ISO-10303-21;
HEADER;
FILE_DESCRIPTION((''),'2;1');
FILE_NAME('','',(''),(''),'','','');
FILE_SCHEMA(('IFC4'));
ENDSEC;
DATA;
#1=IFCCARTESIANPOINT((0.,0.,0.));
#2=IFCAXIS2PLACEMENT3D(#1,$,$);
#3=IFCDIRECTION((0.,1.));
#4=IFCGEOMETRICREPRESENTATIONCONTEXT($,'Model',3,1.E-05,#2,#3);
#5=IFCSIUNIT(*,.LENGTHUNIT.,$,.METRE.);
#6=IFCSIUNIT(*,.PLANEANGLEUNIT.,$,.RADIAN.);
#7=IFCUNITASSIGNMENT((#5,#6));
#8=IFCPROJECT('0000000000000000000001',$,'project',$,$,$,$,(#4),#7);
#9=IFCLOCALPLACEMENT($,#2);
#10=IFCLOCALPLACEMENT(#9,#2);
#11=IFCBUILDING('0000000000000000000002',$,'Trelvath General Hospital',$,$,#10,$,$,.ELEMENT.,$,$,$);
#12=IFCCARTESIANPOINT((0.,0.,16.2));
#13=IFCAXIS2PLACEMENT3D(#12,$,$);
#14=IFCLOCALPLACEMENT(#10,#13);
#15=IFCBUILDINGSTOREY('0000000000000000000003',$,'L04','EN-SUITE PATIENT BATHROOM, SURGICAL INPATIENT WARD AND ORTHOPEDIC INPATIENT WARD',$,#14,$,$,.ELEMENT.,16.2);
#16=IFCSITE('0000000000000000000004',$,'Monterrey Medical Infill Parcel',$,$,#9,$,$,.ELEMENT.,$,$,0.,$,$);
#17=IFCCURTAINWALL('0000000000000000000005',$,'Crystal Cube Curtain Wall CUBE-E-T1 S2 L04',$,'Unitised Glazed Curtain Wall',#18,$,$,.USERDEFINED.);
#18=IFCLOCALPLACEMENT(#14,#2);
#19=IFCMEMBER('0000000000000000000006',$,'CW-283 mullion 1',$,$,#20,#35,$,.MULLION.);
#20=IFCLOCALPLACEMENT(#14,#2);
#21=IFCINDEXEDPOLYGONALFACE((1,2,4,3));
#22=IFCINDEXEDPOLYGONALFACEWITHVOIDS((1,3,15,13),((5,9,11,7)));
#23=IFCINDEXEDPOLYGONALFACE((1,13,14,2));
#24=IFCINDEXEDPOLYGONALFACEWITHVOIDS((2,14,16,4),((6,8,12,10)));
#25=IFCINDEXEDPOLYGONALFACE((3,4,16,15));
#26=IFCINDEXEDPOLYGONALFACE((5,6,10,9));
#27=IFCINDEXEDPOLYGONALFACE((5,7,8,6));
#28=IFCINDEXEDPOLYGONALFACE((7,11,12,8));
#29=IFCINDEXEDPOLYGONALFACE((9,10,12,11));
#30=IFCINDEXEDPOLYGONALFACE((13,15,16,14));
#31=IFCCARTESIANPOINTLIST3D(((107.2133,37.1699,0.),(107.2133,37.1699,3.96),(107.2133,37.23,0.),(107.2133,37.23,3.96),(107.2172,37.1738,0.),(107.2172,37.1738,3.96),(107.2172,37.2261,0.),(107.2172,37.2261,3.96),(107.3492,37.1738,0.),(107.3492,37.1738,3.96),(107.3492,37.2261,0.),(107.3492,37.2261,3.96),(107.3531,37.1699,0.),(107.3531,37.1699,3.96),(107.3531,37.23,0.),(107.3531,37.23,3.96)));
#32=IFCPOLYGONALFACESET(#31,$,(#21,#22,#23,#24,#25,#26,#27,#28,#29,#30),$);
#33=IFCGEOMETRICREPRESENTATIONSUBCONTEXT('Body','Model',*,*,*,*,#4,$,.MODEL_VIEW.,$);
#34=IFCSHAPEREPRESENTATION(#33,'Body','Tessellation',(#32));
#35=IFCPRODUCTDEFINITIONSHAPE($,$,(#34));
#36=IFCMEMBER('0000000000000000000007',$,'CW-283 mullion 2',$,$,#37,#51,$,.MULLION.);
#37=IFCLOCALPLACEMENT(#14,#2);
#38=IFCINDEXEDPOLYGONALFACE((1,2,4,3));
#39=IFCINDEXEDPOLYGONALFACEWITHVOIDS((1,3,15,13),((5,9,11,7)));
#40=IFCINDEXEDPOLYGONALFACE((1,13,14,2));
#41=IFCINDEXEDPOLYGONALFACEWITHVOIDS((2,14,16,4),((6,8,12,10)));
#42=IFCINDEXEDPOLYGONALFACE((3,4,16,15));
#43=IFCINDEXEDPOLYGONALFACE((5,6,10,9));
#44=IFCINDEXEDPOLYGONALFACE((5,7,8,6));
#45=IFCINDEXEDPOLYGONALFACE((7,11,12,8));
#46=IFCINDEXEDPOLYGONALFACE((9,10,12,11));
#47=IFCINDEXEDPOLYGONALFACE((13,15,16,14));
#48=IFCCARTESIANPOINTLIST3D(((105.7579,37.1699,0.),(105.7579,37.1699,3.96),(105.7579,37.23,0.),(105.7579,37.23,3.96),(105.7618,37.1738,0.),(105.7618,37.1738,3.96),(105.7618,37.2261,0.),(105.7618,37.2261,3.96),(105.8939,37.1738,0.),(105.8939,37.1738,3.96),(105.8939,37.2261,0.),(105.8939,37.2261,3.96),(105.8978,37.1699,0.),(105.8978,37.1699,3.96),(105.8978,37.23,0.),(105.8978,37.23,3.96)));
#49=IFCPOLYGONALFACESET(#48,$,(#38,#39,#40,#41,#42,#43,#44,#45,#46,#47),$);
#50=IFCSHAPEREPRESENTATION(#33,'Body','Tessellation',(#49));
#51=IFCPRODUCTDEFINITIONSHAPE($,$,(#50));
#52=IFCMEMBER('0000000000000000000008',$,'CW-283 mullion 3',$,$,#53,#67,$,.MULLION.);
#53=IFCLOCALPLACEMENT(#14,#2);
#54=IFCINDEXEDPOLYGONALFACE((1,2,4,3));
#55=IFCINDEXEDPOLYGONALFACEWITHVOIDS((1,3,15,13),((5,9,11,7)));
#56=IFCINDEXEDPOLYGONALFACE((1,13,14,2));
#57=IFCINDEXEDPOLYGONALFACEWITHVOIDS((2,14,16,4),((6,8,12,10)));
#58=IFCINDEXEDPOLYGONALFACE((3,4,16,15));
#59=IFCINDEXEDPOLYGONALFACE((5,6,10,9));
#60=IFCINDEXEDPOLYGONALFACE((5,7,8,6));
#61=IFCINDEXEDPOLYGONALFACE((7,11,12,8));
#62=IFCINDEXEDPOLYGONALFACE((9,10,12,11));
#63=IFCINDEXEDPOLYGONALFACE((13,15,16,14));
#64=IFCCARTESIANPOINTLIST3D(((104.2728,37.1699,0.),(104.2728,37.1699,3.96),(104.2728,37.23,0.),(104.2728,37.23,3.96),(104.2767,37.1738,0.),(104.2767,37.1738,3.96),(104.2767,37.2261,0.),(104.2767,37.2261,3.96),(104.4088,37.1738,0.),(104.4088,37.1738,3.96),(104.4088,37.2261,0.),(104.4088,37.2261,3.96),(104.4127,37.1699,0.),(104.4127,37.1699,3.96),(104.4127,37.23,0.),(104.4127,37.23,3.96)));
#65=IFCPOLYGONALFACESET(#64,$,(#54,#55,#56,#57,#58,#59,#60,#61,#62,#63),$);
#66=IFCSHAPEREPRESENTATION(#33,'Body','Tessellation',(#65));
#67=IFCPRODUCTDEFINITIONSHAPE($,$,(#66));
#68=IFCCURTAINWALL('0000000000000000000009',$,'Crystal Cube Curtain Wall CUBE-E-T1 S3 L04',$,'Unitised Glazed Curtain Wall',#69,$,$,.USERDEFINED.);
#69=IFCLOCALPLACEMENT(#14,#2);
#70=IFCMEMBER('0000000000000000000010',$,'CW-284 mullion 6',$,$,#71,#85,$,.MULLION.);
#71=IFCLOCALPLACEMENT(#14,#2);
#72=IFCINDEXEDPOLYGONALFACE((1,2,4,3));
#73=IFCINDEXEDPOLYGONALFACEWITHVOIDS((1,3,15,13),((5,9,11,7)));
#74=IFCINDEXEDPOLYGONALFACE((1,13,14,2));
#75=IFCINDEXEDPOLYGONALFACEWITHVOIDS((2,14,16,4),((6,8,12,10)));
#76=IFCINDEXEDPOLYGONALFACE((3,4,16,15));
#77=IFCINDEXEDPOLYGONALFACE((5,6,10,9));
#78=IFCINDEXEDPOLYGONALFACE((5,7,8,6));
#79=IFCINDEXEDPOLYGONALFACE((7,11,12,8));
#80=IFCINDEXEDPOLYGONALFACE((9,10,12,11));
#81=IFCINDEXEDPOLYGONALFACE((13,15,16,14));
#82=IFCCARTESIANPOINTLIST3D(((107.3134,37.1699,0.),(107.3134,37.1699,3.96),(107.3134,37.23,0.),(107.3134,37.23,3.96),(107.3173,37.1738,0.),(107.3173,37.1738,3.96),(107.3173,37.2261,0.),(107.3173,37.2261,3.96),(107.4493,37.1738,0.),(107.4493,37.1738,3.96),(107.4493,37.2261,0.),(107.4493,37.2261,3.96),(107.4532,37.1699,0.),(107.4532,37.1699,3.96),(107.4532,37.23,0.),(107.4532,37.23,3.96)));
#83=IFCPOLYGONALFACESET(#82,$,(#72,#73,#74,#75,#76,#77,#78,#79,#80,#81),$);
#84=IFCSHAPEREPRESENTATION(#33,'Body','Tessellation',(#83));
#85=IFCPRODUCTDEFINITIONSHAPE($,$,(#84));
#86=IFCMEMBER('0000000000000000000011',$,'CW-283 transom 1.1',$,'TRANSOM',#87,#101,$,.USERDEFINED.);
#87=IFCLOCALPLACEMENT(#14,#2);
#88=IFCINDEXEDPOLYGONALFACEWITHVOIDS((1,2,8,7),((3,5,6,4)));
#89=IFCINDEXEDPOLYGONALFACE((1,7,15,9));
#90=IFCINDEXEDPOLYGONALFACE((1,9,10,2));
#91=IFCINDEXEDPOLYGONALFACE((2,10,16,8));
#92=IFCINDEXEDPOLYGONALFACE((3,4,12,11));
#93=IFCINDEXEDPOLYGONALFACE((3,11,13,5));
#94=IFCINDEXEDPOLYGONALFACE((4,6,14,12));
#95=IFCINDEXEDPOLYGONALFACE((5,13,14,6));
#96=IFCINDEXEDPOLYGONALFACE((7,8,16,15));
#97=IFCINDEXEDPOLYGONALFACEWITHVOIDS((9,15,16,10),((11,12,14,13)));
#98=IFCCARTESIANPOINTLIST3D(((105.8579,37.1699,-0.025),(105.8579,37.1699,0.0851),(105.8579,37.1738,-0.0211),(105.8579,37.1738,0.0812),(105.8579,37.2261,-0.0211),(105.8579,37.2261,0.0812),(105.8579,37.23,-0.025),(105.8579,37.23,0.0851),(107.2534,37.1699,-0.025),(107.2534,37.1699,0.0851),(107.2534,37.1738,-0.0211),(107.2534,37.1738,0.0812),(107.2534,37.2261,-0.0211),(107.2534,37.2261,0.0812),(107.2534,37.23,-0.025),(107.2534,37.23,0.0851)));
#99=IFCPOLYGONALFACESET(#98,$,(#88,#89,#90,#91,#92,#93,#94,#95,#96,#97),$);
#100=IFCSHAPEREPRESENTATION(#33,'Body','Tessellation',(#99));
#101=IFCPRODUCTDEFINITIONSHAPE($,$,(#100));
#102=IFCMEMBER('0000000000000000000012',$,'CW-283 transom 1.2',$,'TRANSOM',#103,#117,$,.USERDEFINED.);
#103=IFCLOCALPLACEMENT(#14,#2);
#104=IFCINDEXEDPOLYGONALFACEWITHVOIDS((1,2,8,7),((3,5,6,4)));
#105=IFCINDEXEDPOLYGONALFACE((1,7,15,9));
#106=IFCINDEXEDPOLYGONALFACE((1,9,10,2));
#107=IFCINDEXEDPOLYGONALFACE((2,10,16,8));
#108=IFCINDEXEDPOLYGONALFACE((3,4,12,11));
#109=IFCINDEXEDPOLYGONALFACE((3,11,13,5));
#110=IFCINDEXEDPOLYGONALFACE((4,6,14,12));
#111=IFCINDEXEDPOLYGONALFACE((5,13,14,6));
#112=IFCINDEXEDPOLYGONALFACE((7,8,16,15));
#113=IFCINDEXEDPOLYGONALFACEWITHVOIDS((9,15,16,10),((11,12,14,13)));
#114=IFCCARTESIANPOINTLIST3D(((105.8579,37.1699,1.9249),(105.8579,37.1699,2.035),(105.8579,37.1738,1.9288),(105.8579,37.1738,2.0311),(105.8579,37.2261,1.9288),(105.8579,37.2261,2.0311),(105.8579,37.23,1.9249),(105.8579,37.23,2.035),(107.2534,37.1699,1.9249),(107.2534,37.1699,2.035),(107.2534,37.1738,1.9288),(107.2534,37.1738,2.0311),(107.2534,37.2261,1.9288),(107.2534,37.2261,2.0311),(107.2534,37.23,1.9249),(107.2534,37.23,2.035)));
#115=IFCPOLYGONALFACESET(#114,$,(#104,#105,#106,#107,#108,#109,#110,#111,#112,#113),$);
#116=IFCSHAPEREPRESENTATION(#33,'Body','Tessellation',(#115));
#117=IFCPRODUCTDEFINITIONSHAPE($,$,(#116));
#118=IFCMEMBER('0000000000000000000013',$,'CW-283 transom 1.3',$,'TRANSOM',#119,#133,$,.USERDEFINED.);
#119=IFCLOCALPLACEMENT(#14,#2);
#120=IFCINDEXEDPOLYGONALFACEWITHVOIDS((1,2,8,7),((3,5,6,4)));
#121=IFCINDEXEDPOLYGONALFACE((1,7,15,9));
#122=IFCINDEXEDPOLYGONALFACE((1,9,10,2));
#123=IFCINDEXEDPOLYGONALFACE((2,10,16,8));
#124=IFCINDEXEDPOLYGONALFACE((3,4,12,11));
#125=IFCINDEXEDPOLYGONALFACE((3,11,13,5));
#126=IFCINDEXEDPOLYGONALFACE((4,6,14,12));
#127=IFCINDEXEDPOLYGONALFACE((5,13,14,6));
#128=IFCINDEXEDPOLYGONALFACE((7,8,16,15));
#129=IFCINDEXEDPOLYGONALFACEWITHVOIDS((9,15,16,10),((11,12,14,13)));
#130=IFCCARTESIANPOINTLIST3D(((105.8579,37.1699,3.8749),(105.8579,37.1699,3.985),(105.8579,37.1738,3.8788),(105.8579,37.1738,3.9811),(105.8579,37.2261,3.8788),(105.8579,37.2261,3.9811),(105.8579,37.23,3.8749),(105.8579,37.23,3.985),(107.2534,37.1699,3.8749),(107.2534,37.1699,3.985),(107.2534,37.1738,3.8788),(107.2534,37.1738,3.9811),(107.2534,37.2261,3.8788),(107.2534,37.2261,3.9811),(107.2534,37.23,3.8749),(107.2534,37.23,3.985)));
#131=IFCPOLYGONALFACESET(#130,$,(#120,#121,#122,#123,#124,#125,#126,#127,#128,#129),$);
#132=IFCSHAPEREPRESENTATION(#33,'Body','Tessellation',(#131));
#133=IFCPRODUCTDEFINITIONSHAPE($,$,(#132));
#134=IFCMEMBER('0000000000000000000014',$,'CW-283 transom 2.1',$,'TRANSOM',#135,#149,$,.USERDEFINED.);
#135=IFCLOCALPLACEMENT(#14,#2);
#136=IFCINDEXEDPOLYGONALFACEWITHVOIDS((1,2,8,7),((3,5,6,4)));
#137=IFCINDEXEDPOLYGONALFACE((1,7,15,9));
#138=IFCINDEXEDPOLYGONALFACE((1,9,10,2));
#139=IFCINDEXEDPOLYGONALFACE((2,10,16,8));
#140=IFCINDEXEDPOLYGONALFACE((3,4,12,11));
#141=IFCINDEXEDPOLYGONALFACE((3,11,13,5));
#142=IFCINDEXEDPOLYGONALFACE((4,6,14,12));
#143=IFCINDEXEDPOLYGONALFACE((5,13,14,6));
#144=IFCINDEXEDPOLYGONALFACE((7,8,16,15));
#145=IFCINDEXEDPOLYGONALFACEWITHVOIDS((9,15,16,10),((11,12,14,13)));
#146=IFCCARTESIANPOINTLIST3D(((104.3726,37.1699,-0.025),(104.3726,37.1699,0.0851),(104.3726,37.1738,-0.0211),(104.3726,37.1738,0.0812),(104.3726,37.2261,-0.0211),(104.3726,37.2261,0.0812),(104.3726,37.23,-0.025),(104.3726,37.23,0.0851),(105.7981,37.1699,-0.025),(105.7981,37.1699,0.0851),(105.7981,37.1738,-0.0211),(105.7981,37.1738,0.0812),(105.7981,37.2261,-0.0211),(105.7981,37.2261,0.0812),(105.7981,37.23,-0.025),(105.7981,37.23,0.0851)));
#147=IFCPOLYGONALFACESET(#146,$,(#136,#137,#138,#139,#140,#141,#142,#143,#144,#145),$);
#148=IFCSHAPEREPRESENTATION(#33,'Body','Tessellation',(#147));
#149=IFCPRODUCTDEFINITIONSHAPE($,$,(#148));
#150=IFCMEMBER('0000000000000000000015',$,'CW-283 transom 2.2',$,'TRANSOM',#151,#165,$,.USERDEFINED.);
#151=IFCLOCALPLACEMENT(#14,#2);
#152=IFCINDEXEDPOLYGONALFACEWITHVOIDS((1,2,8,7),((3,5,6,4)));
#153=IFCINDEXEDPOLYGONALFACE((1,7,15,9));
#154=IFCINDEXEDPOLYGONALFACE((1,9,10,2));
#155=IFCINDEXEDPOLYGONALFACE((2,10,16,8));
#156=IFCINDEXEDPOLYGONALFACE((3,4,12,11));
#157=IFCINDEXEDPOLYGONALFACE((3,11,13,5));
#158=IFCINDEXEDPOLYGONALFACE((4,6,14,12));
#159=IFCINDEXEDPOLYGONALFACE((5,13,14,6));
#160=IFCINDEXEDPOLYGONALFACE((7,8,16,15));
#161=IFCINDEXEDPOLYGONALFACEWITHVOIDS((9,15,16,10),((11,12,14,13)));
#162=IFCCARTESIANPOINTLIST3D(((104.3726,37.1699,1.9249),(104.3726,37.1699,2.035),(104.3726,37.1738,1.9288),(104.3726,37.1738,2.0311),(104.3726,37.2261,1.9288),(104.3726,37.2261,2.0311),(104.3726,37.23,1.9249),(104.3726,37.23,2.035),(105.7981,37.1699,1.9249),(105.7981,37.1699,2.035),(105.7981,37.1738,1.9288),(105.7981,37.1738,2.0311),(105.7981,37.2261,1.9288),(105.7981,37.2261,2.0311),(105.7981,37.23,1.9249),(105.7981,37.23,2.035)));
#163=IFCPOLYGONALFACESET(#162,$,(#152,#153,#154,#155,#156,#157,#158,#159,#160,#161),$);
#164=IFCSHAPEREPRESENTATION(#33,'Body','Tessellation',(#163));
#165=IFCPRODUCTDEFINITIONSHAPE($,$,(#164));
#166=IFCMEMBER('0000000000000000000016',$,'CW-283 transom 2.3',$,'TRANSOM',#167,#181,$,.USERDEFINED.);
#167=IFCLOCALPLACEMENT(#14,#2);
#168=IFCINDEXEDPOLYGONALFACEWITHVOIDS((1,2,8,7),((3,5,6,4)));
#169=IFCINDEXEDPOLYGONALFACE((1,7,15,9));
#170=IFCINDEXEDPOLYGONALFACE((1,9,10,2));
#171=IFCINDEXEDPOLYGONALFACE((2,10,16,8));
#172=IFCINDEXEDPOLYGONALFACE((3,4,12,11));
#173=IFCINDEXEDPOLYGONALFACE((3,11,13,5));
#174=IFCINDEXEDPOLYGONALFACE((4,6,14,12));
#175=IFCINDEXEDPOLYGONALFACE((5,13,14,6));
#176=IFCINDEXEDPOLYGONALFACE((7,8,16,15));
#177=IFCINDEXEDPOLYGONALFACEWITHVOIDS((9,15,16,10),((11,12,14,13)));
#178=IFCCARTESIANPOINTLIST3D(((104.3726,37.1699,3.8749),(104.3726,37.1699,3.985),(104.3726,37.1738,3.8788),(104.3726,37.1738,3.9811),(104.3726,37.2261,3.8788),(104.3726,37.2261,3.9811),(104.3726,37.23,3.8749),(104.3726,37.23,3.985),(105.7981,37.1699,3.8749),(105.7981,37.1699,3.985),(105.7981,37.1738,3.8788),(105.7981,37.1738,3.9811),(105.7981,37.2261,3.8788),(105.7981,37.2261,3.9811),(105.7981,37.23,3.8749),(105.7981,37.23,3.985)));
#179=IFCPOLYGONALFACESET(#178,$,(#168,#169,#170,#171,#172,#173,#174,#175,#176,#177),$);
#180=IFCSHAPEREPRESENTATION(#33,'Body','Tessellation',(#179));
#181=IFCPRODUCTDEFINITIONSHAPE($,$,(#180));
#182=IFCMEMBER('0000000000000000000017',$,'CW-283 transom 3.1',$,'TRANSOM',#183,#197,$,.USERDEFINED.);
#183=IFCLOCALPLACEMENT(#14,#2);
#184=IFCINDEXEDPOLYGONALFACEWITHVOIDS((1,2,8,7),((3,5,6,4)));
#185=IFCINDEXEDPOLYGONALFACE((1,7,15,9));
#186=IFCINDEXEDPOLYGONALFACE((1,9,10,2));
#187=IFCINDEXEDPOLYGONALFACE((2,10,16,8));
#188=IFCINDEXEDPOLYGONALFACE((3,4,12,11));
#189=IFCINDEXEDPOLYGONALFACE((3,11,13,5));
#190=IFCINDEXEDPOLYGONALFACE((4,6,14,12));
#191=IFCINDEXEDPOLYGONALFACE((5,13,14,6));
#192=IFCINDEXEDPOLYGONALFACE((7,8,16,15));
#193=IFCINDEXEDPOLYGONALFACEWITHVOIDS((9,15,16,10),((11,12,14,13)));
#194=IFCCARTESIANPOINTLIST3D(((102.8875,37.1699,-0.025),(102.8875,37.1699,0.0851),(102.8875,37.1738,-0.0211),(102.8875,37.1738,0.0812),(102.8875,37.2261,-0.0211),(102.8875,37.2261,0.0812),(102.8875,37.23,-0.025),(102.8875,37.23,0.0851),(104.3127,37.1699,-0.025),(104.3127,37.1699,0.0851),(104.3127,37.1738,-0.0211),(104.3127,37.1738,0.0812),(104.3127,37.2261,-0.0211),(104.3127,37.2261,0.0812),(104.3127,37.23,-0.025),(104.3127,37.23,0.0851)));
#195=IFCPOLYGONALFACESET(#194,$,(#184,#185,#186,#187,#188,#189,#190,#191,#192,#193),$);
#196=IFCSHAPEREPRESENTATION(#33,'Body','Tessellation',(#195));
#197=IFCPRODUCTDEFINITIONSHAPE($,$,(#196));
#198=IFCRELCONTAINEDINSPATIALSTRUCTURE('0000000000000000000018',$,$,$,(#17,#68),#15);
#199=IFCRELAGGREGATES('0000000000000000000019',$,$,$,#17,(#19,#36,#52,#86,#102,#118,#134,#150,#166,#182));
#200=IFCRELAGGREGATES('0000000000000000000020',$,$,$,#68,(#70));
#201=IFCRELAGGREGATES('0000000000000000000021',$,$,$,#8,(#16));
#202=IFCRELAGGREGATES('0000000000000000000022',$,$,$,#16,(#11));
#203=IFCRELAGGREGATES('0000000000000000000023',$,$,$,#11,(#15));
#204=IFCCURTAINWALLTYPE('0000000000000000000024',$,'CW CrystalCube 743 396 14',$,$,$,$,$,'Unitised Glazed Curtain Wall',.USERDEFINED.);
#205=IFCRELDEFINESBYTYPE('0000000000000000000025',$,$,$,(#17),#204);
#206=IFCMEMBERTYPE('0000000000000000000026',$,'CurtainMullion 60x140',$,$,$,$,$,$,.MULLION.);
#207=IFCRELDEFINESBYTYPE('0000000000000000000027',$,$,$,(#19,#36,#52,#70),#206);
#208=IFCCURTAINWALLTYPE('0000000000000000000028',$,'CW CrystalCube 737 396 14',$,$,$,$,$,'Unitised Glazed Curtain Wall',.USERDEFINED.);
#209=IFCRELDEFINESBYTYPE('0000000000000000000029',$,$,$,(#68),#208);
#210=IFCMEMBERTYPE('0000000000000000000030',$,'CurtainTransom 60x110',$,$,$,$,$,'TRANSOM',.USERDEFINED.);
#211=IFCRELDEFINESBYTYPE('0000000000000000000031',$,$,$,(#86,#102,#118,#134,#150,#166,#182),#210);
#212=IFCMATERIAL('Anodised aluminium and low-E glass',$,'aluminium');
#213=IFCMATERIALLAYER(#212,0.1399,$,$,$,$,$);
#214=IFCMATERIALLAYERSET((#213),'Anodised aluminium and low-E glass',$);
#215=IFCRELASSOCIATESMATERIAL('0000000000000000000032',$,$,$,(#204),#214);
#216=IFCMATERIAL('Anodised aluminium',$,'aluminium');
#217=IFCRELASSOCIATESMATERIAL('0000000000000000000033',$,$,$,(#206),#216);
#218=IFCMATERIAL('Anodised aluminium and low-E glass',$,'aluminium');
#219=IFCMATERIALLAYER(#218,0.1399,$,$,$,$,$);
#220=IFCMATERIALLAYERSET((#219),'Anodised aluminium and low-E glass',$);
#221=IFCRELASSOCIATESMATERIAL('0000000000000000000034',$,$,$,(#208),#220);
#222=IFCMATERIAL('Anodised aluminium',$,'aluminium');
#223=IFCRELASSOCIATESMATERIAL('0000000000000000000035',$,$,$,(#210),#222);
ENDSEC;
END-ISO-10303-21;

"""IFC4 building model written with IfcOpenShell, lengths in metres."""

from ifc_helpers import new_model, si_unit, direction, frame, origin, origin_2d, place, context, subcontext, project, spatial, hollow_rectangle, extrude, material, layer, layer_set, material_profile, profile_set, type_object, element, aggregate, save


model = new_model("IFC4")

# Units and contexts
model_context = context("Model", 3, precision=1e-05, world=origin(), true_north=direction((0.0, 1.0)))
body_context = subcontext(model_context, "Body", "Model", "MODEL_VIEW")
ifc_project = project(units=[si_unit("LENGTHUNIT", "METRE"), si_unit("PLANEANGLEUNIT", "RADIAN")], contexts=[model_context])

# Site, building, storey
site_placement = place(None, origin())
site = spatial("IfcSite", under=ifc_project, at=site_placement, Name="Monterrey Medical Infill Parcel", CompositionType="ELEMENT", RefElevation=0.0)
building_placement = place(site_placement, origin())
building = spatial("IfcBuilding", under=site, at=building_placement, Name="Trelvath General Hospital", CompositionType="ELEMENT")
storey_placement = place(building_placement, frame((0.0, 0.0, 16.2)))
storey = spatial("IfcBuildingStorey", under=building, at=storey_placement, Name="L04", Description="EN-SUITE PATIENT BATHROOM, SURGICAL INPATIENT WARD AND ORTHOPEDIC INPATIENT WARD", CompositionType="ELEMENT", Elevation=16.2)

# Curtain wall, members
ifc_material_1 = material(Name="Anodised aluminium and low-E glass", Category="aluminium")
ifc_layer_1 = layer(ifc_material_1, 0.1399)
ifc_layer_set_1 = layer_set([ifc_layer_1], Name="Anodised aluminium and low-E glass")
curtain_wall_type_1 = type_object("IfcCurtainWallType", Name="CW CrystalCube 743 396 14", ElementType="Unitised Glazed Curtain Wall", PredefinedType="USERDEFINED", material=ifc_layer_set_1)
curtain_wall_1_placement = place(storey_placement, origin())
curtain_wall_1 = element("IfcCurtainWall", 1, at=curtain_wall_1_placement, inside=storey, type_object=curtain_wall_type_1, Name="Crystal Cube Curtain Wall CUBE-E-T1 S2 L04", ObjectType="Unitised Glazed Curtain Wall", PredefinedType="USERDEFINED")
ifc_material_2 = material(Name="Anodised aluminium", Category="aluminium")
ifc_material_profile_1 = material_profile(ifc_material_2, hollow_rectangle(XDim=0.0601, YDim=0.1399, WallThickness=0.0039, at=origin_2d()), Name="RHS60x140x4")
ifc_profile_set_1 = profile_set([ifc_material_profile_1], Name="Anodised aluminium")
member_type_1 = type_object("IfcMemberType", Name="CurtainMullion 60x140", PredefinedType="MULLION", material=ifc_profile_set_1)
member_1_placement = place(storey_placement, frame((107.2832, 37.2, 0.0), z_axis=(0.0, 0.0, 1.0), x_axis=(0.0, -1.0, 0.0)))
member_1 = element("IfcMember", 2, at=member_1_placement, type_object=member_type_1, Name="CW-283 mullion 1", PredefinedType="MULLION", context=body_context, shape_type="SweptSolid", body=[
    extrude(hollow_rectangle(XDim=0.0601, YDim=0.1399, WallThickness=0.0039, at=origin_2d()), origin(), (0.0, 0.0, 1.0), 3.96),
])
member_2_placement = place(storey_placement, frame((105.8279, 37.2, 0.0), z_axis=(0.0, 0.0, 1.0), x_axis=(0.0, -1.0, 0.0)))
member_2 = element("IfcMember", 3, at=member_2_placement, type_object=member_type_1, Name="CW-283 mullion 2", PredefinedType="MULLION", context=body_context, shape_type="SweptSolid", body=[
    extrude(hollow_rectangle(XDim=0.0601, YDim=0.1399, WallThickness=0.0039, at=origin_2d()), origin(), (0.0, 0.0, 1.0), 3.96),
])
member_3_placement = place(storey_placement, frame((104.3428, 37.2, 0.0), z_axis=(0.0, 0.0, 1.0), x_axis=(0.0, -1.0, 0.0)))
member_3 = element("IfcMember", 4, at=member_3_placement, type_object=member_type_1, Name="CW-283 mullion 3", PredefinedType="MULLION", context=body_context, shape_type="SweptSolid", body=[
    extrude(hollow_rectangle(XDim=0.0601, YDim=0.1399, WallThickness=0.0039, at=origin_2d()), origin(), (0.0, 0.0, 1.0), 3.96),
])

# Curtain wall, member
ifc_material_3 = material(Name="Anodised aluminium and low-E glass", Category="aluminium")
ifc_layer_2 = layer(ifc_material_3, 0.1399)
ifc_layer_set_2 = layer_set([ifc_layer_2], Name="Anodised aluminium and low-E glass")
curtain_wall_type_2 = type_object("IfcCurtainWallType", Name="CW CrystalCube 737 396 14", ElementType="Unitised Glazed Curtain Wall", PredefinedType="USERDEFINED", material=ifc_layer_set_2)
curtain_wall_2_placement = place(storey_placement, origin())
curtain_wall_2 = element("IfcCurtainWall", 5, at=curtain_wall_2_placement, inside=storey, type_object=curtain_wall_type_2, Name="Crystal Cube Curtain Wall CUBE-E-T1 S3 L04", ObjectType="Unitised Glazed Curtain Wall", PredefinedType="USERDEFINED")
member_4_placement = place(storey_placement, frame((107.3833, 37.2, 0.0), z_axis=(0.0, 0.0, 1.0), x_axis=(0.0, -1.0, 0.0)))
member_4 = element("IfcMember", 6, at=member_4_placement, type_object=member_type_1, Name="CW-284 mullion 6", PredefinedType="MULLION", context=body_context, shape_type="SweptSolid", body=[
    extrude(hollow_rectangle(XDim=0.0601, YDim=0.1399, WallThickness=0.0039, at=origin_2d()), origin(), (0.0, 0.0, 1.0), 3.96),
])

# Members
ifc_material_4 = material(Name="Anodised aluminium", Category="aluminium")
ifc_material_profile_2 = material_profile(ifc_material_4, hollow_rectangle(XDim=0.0601, YDim=0.1101, WallThickness=0.0039, at=origin_2d()), Name="RHS60x110x4")
ifc_profile_set_2 = profile_set([ifc_material_profile_2], Name="Anodised aluminium")
member_type_2 = type_object("IfcMemberType", Name="CurtainTransom 60x110", ElementType="TRANSOM", PredefinedType="USERDEFINED", material=ifc_profile_set_2)
member_5_placement = place(storey_placement, frame((107.2534, 37.2, 0.03), z_axis=(-1.0, 0.0, 0.0), x_axis=(0.0, -1.0, 0.0)))
member_5 = element("IfcMember", 7, at=member_5_placement, type_object=member_type_2, Name="CW-283 transom 1.1", ObjectType="TRANSOM", PredefinedType="USERDEFINED", context=body_context, shape_type="SweptSolid", body=[
    extrude(hollow_rectangle(XDim=0.0601, YDim=0.1101, WallThickness=0.0039, at=origin_2d()), origin(), (0.0, 0.0, 1.0), 1.3955),
])
member_6_placement = place(storey_placement, frame((107.2534, 37.2, 1.98), z_axis=(-1.0, 0.0, 0.0), x_axis=(0.0, -1.0, 0.0)))
member_6 = element("IfcMember", 8, at=member_6_placement, type_object=member_type_2, Name="CW-283 transom 1.2", ObjectType="TRANSOM", PredefinedType="USERDEFINED", context=body_context, shape_type="SweptSolid", body=[
    extrude(hollow_rectangle(XDim=0.0601, YDim=0.1101, WallThickness=0.0039, at=origin_2d()), origin(), (0.0, 0.0, 1.0), 1.3955),
])
member_7_placement = place(storey_placement, frame((107.2534, 37.2, 3.9299), z_axis=(-1.0, 0.0, 0.0), x_axis=(0.0, -1.0, 0.0)))
member_7 = element("IfcMember", 9, at=member_7_placement, type_object=member_type_2, Name="CW-283 transom 1.3", ObjectType="TRANSOM", PredefinedType="USERDEFINED", context=body_context, shape_type="SweptSolid", body=[
    extrude(hollow_rectangle(XDim=0.0601, YDim=0.1101, WallThickness=0.0039, at=origin_2d()), origin(), (0.0, 0.0, 1.0), 1.3955),
])
member_8_placement = place(storey_placement, frame((105.7981, 37.2, 0.03), z_axis=(-1.0, 0.0, 0.0), x_axis=(0.0, -1.0, 0.0)))
member_8 = element("IfcMember", 10, at=member_8_placement, type_object=member_type_2, Name="CW-283 transom 2.1", ObjectType="TRANSOM", PredefinedType="USERDEFINED", context=body_context, shape_type="SweptSolid", body=[
    extrude(hollow_rectangle(XDim=0.0601, YDim=0.1101, WallThickness=0.0039, at=origin_2d()), origin(), (0.0, 0.0, 1.0), 1.4255),
])
member_9_placement = place(storey_placement, frame((105.7981, 37.2, 1.98), z_axis=(-1.0, 0.0, 0.0), x_axis=(0.0, -1.0, 0.0)))
member_9 = element("IfcMember", 11, at=member_9_placement, type_object=member_type_2, Name="CW-283 transom 2.2", ObjectType="TRANSOM", PredefinedType="USERDEFINED", context=body_context, shape_type="SweptSolid", body=[
    extrude(hollow_rectangle(XDim=0.0601, YDim=0.1101, WallThickness=0.0039, at=origin_2d()), origin(), (0.0, 0.0, 1.0), 1.4255),
])
member_10_placement = place(storey_placement, frame((105.7981, 37.2, 3.9299), z_axis=(-1.0, 0.0, 0.0), x_axis=(0.0, -1.0, 0.0)))
member_10 = element("IfcMember", 12, at=member_10_placement, type_object=member_type_2, Name="CW-283 transom 2.3", ObjectType="TRANSOM", PredefinedType="USERDEFINED", context=body_context, shape_type="SweptSolid", body=[
    extrude(hollow_rectangle(XDim=0.0601, YDim=0.1101, WallThickness=0.0039, at=origin_2d()), origin(), (0.0, 0.0, 1.0), 1.4255),
])
member_11_placement = place(storey_placement, frame((104.3127, 37.2, 0.03), z_axis=(-1.0, 0.0, 0.0), x_axis=(0.0, -1.0, 0.0)))
member_11 = element("IfcMember", 13, at=member_11_placement, type_object=member_type_2, Name="CW-283 transom 3.1", ObjectType="TRANSOM", PredefinedType="USERDEFINED", context=body_context, shape_type="SweptSolid", body=[
    extrude(hollow_rectangle(XDim=0.0601, YDim=0.1101, WallThickness=0.0039, at=origin_2d()), origin(), (0.0, 0.0, 1.0), 1.4253),
])

aggregate(curtain_wall_1, [member_1, member_2, member_3, member_5, member_6, member_7, member_8, member_9, member_10, member_11])
aggregate(curtain_wall_2, [member_4])

save(model, "model.ifc")
